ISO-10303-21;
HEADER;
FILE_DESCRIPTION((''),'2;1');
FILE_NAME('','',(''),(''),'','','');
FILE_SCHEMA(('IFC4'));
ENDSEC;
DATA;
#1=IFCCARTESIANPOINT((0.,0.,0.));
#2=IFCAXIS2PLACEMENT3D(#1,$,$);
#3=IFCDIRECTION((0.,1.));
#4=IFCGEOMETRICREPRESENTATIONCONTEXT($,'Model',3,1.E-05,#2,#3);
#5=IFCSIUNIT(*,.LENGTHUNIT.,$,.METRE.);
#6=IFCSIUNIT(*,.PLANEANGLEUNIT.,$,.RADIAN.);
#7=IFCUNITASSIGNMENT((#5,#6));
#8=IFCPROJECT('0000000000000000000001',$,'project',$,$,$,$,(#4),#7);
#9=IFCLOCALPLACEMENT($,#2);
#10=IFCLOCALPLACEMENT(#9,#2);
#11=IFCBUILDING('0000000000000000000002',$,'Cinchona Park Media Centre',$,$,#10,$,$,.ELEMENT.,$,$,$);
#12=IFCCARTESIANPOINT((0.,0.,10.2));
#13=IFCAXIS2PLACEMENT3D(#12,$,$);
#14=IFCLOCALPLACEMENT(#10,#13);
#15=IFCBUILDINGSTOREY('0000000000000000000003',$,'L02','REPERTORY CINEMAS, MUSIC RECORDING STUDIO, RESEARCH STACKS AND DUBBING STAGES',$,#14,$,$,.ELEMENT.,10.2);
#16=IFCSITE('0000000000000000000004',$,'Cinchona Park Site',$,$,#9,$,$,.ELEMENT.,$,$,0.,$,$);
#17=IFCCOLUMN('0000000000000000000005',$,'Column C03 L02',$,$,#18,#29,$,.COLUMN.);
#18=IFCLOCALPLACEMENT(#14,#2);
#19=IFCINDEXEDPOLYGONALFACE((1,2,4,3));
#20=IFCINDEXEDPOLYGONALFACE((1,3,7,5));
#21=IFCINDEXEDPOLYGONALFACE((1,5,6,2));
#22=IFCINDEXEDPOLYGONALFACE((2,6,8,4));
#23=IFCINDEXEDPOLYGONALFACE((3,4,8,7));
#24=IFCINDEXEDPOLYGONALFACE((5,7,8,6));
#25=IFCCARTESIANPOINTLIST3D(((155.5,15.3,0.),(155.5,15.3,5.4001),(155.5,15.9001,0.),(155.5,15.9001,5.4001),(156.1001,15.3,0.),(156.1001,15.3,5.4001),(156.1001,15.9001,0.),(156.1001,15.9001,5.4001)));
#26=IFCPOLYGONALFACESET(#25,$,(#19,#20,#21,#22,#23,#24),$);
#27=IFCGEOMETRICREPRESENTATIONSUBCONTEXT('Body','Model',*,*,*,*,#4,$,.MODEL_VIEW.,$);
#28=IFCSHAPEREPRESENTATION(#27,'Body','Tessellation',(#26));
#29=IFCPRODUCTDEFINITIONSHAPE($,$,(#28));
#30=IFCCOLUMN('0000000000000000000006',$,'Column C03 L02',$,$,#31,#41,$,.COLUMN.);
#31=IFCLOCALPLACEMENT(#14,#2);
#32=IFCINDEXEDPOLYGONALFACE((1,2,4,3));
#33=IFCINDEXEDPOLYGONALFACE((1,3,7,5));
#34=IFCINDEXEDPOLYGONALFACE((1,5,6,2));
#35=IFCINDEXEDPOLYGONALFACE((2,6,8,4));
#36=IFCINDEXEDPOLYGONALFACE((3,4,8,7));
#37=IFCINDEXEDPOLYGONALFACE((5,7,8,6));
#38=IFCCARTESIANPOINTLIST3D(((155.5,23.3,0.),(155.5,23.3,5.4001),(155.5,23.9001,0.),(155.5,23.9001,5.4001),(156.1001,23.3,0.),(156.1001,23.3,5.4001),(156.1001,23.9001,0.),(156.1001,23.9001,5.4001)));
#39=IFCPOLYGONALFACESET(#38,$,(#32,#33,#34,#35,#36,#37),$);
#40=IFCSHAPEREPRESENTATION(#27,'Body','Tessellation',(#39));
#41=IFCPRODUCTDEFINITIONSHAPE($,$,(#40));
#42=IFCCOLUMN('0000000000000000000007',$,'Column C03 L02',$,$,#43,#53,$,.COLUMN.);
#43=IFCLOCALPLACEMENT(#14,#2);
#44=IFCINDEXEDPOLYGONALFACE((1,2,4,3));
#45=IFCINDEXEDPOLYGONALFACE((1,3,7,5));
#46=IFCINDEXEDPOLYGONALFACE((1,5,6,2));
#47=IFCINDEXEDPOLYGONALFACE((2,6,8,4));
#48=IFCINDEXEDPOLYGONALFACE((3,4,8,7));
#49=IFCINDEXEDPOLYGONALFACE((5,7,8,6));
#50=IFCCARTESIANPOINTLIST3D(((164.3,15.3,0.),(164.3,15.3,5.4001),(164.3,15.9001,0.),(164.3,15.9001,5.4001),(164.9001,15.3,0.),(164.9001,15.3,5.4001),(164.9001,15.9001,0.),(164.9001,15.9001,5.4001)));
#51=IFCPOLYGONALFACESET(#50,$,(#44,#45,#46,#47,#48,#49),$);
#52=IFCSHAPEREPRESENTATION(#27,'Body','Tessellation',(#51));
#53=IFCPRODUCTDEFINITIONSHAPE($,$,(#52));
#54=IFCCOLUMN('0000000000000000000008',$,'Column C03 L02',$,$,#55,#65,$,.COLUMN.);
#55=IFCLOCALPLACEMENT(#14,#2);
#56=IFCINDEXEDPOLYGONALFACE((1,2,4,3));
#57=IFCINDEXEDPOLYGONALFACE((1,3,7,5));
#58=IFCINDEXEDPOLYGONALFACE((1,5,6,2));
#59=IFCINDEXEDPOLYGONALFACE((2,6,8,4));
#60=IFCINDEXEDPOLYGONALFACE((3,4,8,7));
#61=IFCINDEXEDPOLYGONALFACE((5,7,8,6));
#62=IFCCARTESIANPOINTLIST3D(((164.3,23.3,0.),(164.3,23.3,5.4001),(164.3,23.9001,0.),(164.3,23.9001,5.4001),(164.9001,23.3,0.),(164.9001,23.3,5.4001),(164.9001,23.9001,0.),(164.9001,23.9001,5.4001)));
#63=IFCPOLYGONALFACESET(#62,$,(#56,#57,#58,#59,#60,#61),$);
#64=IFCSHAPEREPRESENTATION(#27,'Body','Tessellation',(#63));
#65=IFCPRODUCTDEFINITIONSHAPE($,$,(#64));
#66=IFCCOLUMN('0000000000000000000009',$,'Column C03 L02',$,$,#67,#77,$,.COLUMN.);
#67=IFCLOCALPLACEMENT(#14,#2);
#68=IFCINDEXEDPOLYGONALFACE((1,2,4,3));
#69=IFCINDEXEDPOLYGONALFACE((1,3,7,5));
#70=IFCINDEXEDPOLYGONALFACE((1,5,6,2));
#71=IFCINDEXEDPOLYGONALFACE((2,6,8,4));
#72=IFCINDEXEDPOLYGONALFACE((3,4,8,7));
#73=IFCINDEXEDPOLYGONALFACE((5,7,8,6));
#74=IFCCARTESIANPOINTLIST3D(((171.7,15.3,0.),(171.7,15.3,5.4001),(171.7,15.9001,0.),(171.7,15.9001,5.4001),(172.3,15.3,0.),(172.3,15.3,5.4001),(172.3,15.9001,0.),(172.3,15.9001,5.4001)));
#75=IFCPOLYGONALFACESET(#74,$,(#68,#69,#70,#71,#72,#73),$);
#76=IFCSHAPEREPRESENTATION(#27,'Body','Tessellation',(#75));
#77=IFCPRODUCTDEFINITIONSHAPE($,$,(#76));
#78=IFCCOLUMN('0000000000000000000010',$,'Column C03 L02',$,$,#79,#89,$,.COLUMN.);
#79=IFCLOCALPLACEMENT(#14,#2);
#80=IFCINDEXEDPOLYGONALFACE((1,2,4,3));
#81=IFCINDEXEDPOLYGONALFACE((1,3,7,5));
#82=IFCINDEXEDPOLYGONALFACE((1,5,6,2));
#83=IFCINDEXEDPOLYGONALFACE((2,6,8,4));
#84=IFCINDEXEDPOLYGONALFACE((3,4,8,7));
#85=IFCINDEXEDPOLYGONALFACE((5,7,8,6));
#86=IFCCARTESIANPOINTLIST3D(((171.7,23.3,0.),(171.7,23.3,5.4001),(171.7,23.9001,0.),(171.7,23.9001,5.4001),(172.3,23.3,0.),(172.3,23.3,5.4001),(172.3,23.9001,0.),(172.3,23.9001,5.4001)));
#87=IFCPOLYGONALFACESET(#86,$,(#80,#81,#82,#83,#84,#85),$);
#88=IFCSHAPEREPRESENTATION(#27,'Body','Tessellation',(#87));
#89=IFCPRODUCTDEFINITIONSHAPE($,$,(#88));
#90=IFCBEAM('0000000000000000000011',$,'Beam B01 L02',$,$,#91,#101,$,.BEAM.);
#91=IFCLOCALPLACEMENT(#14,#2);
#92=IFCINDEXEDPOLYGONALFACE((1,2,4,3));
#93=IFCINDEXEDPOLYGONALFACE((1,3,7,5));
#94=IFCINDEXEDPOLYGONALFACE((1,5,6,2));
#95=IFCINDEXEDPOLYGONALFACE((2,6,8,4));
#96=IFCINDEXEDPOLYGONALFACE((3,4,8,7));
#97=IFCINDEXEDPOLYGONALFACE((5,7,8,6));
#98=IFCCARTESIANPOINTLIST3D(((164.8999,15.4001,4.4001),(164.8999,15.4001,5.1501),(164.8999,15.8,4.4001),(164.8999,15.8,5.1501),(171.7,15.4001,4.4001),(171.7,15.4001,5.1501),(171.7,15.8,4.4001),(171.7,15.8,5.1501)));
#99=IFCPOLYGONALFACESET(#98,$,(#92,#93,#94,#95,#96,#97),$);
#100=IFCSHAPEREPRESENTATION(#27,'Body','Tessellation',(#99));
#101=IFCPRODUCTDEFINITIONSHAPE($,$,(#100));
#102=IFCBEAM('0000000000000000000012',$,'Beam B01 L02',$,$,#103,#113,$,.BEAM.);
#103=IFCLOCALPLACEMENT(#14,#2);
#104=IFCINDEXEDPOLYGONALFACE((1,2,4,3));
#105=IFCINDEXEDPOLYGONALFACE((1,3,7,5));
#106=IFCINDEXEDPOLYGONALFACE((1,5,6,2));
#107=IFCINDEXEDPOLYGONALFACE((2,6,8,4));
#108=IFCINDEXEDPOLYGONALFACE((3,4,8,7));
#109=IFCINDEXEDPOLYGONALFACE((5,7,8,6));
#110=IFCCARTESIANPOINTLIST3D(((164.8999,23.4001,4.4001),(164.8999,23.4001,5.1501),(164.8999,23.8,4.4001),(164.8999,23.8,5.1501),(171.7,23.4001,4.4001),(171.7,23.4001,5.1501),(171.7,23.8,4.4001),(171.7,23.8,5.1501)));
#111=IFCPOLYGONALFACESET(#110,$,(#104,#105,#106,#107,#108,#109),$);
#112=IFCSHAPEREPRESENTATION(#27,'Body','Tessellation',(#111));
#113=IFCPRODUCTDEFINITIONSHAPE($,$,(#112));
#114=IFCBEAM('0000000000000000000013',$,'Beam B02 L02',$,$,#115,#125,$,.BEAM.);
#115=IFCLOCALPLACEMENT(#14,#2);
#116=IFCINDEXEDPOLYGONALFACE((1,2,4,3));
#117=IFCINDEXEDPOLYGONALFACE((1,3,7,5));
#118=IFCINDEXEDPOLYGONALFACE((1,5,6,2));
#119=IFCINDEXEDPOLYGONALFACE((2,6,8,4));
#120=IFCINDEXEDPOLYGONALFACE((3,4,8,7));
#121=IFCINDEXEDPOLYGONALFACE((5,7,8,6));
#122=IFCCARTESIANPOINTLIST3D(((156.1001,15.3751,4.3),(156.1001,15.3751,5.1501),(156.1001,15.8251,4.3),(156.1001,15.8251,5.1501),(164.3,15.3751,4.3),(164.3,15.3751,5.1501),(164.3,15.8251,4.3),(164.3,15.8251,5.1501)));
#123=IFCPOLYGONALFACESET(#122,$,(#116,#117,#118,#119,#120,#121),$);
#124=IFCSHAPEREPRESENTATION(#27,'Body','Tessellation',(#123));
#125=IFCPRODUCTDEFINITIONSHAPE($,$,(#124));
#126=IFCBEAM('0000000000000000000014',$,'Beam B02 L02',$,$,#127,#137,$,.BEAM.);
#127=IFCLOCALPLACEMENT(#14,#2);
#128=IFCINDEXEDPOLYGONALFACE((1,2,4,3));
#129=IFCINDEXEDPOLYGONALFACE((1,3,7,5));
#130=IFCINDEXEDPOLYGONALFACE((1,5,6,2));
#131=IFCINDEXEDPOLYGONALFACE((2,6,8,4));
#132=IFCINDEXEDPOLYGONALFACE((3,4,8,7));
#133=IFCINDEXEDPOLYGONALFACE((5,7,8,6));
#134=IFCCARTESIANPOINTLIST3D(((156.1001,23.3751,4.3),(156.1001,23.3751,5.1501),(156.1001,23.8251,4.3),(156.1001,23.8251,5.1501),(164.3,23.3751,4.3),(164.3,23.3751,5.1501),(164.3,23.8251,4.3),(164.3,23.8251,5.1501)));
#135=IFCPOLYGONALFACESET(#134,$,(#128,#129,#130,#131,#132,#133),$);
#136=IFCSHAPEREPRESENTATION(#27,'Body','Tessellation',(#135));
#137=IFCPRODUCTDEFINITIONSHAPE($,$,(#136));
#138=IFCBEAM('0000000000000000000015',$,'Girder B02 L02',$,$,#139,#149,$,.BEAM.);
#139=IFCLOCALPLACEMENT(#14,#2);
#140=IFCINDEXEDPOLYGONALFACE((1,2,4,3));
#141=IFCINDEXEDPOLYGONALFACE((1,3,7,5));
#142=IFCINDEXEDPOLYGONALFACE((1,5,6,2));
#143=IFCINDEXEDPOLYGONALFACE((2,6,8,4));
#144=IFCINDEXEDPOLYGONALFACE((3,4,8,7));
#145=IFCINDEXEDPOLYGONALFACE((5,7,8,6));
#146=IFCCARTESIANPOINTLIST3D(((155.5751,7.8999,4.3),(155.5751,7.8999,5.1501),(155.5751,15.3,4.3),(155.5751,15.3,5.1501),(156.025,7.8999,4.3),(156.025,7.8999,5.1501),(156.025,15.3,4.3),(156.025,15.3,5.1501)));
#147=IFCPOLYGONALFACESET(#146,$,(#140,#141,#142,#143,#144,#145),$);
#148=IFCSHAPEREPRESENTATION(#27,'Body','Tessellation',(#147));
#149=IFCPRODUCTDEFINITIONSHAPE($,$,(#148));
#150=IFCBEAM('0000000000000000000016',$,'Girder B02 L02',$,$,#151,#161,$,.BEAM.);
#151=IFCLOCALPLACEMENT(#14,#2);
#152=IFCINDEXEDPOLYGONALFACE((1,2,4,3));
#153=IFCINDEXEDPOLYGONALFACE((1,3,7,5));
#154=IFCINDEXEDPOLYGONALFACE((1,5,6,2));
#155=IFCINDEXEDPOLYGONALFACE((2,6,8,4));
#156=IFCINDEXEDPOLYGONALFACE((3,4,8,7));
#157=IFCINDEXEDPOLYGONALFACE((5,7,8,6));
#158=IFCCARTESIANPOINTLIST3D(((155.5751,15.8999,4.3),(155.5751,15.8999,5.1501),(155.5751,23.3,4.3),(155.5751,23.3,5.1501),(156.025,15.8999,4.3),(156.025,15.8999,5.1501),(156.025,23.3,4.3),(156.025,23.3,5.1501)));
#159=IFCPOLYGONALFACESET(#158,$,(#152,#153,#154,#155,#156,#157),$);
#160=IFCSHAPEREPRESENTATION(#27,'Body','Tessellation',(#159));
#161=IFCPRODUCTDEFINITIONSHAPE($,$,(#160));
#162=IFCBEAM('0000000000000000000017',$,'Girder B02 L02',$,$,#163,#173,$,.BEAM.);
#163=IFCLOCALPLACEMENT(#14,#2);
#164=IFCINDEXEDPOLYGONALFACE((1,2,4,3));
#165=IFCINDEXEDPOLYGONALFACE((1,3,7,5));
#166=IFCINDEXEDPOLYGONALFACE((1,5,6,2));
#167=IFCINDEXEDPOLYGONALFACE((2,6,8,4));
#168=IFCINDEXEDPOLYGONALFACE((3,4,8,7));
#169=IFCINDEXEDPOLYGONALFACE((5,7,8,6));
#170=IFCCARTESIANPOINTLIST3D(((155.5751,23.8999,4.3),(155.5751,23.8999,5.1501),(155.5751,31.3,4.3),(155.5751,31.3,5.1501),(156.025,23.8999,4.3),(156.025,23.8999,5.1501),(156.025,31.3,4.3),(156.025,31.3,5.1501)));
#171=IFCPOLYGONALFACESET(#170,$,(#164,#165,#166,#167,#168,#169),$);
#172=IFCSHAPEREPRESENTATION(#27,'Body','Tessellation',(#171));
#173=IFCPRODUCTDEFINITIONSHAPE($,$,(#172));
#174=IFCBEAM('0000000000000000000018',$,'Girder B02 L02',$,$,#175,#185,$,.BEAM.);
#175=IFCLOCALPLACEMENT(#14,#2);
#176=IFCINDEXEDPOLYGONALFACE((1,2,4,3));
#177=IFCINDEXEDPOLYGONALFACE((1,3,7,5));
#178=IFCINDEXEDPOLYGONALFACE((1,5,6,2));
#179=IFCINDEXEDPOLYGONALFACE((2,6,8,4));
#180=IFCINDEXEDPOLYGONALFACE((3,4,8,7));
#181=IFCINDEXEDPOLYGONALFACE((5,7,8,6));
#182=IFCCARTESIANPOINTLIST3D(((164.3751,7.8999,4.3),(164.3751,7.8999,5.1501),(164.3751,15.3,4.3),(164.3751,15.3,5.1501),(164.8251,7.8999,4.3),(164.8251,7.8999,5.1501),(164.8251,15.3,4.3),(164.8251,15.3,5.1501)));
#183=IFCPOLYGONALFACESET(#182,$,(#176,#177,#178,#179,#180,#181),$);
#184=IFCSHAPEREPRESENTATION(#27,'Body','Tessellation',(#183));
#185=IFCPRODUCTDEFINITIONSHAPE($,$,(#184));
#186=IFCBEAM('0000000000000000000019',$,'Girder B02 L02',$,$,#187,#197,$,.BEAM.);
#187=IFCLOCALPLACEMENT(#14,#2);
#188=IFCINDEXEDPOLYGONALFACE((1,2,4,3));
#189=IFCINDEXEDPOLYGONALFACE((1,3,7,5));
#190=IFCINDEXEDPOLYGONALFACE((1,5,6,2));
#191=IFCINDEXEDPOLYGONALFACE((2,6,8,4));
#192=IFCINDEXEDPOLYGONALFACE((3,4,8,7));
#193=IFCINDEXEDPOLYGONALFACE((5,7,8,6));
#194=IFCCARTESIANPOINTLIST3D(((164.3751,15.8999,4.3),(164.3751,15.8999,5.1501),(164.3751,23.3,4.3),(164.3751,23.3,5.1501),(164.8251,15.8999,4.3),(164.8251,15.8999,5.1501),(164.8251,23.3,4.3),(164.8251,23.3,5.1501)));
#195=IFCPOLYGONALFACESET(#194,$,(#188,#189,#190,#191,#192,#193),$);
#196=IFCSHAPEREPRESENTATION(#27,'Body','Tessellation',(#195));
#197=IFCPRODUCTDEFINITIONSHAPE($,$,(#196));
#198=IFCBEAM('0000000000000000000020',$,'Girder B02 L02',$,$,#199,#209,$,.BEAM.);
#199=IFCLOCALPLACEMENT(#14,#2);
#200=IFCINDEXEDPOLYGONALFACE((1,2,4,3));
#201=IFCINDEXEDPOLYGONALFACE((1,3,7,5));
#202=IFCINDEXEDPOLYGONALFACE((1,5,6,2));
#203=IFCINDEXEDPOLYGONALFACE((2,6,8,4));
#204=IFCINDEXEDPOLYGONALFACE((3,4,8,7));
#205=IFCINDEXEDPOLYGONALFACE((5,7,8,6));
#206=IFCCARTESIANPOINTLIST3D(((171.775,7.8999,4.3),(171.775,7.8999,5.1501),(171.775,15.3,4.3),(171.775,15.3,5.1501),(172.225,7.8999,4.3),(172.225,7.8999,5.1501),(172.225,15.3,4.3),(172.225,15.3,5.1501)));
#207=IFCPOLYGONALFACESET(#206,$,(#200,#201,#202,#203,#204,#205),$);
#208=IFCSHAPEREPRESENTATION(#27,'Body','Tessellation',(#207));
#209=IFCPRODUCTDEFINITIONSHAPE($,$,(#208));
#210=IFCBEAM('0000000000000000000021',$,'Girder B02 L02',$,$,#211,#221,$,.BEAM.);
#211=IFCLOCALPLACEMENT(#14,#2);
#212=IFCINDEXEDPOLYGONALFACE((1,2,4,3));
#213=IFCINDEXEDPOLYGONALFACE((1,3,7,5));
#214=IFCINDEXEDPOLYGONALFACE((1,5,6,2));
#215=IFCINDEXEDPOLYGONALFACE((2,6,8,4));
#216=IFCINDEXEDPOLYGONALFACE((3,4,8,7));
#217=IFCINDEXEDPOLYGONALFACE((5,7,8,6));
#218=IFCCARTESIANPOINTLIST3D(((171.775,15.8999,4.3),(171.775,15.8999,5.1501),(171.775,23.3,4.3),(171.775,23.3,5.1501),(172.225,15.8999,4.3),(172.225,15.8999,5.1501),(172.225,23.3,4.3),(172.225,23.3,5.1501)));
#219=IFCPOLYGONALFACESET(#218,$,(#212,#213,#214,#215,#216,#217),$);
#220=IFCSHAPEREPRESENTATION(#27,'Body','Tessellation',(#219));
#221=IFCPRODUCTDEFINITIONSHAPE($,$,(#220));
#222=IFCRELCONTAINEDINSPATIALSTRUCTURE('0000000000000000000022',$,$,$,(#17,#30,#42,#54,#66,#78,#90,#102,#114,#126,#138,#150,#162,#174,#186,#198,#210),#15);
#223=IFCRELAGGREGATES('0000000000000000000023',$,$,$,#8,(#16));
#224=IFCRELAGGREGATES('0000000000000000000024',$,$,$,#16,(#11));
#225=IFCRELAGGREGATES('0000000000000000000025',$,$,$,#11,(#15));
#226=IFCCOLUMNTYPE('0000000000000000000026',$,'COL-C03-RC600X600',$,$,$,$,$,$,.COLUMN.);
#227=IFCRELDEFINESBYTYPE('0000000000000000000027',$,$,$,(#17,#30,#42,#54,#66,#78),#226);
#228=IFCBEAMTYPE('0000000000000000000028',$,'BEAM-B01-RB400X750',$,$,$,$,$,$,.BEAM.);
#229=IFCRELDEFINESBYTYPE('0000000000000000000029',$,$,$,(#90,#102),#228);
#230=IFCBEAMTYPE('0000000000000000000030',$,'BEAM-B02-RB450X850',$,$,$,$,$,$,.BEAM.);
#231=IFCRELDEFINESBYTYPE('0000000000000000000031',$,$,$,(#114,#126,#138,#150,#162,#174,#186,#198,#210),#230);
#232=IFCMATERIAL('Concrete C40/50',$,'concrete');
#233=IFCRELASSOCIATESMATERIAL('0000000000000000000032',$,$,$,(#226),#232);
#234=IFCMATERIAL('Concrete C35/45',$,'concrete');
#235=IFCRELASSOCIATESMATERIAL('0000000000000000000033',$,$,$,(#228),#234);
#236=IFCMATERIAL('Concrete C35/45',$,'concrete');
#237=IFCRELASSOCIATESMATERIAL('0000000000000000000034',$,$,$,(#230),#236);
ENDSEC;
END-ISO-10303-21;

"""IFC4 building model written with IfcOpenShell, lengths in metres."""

from ifc_helpers import new_model, si_unit, direction, frame, origin, origin_2d, place, context, subcontext, project, spatial, rectangle, extrude, material, material_profile, profile_set, type_object, element, save


model = new_model("IFC4")

# Units and contexts
model_context = context("Model", 3, precision=1e-05, world=origin(), true_north=direction((0.0, 1.0)))
body_context = subcontext(model_context, "Body", "Model", "MODEL_VIEW")
ifc_project = project(units=[si_unit("LENGTHUNIT", "METRE"), si_unit("PLANEANGLEUNIT", "RADIAN")], contexts=[model_context])

# Site, building, storey
site_placement = place(None, origin())
site = spatial("IfcSite", under=ifc_project, at=site_placement, Name="Cinchona Park Site", CompositionType="ELEMENT", RefElevation=0.0)
building_placement = place(site_placement, origin())
building = spatial("IfcBuilding", under=site, at=building_placement, Name="Cinchona Park Media Centre", CompositionType="ELEMENT")
storey_placement = place(building_placement, frame((0.0, 0.0, 10.2)))
storey = spatial("IfcBuildingStorey", under=building, at=storey_placement, Name="L02", Description="REPERTORY CINEMAS, MUSIC RECORDING STUDIO, RESEARCH STACKS AND DUBBING STAGES", CompositionType="ELEMENT", Elevation=10.2)

# Columns
ifc_material_1 = material(Name="Concrete C40/50", Category="concrete")
ifc_material_profile_1 = material_profile(ifc_material_1, rectangle(XDim=0.6001, YDim=0.6001, at=origin_2d()), Name="RC 600X600")
ifc_profile_set_1 = profile_set([ifc_material_profile_1], Name="Concrete C40/50")
column_type = type_object("IfcColumnType", Name="COL-C03-RC600X600", PredefinedType="COLUMN", material=ifc_profile_set_1)
for number, where, z_axis, x_axis, name in (
    (1, (155.8, 15.6001, 0.0), (0.0, 0.0, 1.0), (1.0, 0.0, 0.0), "Column C03 L02"),
    (2, (155.8, 23.6001, 0.0), (0.0, 0.0, 1.0), (1.0, 0.0, 0.0), "Column C03 L02"),
    (3, (164.6001, 15.6001, 0.0), (0.0, 0.0, 1.0), (1.0, 0.0, 0.0), "Column C03 L02"),
    (4, (164.6001, 23.6001, 0.0), (0.0, 0.0, 1.0), (1.0, 0.0, 0.0), "Column C03 L02"),
    (5, (172.0, 15.6001, 0.0), (0.0, 0.0, 1.0), (1.0, 0.0, 0.0), "Column C03 L02"),
    (6, (172.0, 23.6001, 0.0), (0.0, 0.0, 1.0), (1.0, 0.0, 0.0), "Column C03 L02"),
):
    element("IfcColumn", number, at=place(storey_placement, frame(where, z_axis=z_axis, x_axis=x_axis)), inside=storey, type_object=column_type, Name=name, PredefinedType="COLUMN", context=body_context, shape_type="SweptSolid", body=[
        extrude(rectangle(XDim=0.6001, YDim=0.6001, at=origin_2d()), origin(), (0.0, 0.0, 1.0), 5.4001),
    ])

# Beams
ifc_material_2 = material(Name="Concrete C35/45", Category="concrete")
ifc_material_profile_2 = material_profile(ifc_material_2, rectangle(XDim=0.3999, YDim=0.75, at=origin_2d()), Name="RB 400X750")
ifc_profile_set_2 = profile_set([ifc_material_profile_2], Name="Concrete C35/45")
beam_type_1 = type_object("IfcBeamType", Name="BEAM-B01-RB400X750", PredefinedType="BEAM", material=ifc_profile_set_2)
for number, where, z_axis, x_axis, name in (
    (7, (164.8999, 15.6001, 4.7751), (1.0, 0.0, 0.0), (0.0, 1.0, 0.0), "Beam B01 L02"),
    (8, (164.8999, 23.6001, 4.7751), (1.0, 0.0, 0.0), (0.0, 1.0, 0.0), "Beam B01 L02"),
):
    element("IfcBeam", number, at=place(storey_placement, frame(where, z_axis=z_axis, x_axis=x_axis)), inside=storey, type_object=beam_type_1, Name=name, PredefinedType="BEAM", context=body_context, shape_type="SweptSolid", body=[
        extrude(rectangle(XDim=0.3999, YDim=0.75, at=origin_2d()), origin(), (0.0, 0.0, 1.0), 6.8),
    ])
ifc_material_3 = material(Name="Concrete C35/45", Category="concrete")
ifc_material_profile_3 = material_profile(ifc_material_3, rectangle(XDim=0.45, YDim=0.8501, at=origin_2d()), Name="RB 450X850")
ifc_profile_set_3 = profile_set([ifc_material_profile_3], Name="Concrete C35/45")
beam_type_2 = type_object("IfcBeamType", Name="BEAM-B02-RB450X850", PredefinedType="BEAM", material=ifc_profile_set_3)
for number, where, z_axis, x_axis, name in (
    (9, (156.1001, 15.6001, 4.7251), (1.0, 0.0, 0.0), (0.0, 1.0, 0.0), "Beam B02 L02"),
    (10, (156.1001, 23.6001, 4.7251), (1.0, 0.0, 0.0), (0.0, 1.0, 0.0), "Beam B02 L02"),
):
    element("IfcBeam", number, at=place(storey_placement, frame(where, z_axis=z_axis, x_axis=x_axis)), inside=storey, type_object=beam_type_2, Name=name, PredefinedType="BEAM", context=body_context, shape_type="SweptSolid", body=[
        extrude(rectangle(XDim=0.45, YDim=0.8501, at=origin_2d()), origin(), (0.0, 0.0, 1.0), 8.2),
    ])
for number, where, z_axis, x_axis, name in (
    (11, (155.8, 7.8999, 4.7251), (0.0, 1.0, 0.0), (-1.0, 0.0, 0.0), "Girder B02 L02"),
    (12, (155.8, 15.8999, 4.7251), (0.0, 1.0, 0.0), (-1.0, 0.0, 0.0), "Girder B02 L02"),
    (13, (155.8, 23.8999, 4.7251), (0.0, 1.0, 0.0), (-1.0, 0.0, 0.0), "Girder B02 L02"),
    (14, (164.6001, 7.8999, 4.7251), (0.0, 1.0, 0.0), (-1.0, 0.0, 0.0), "Girder B02 L02"),
    (15, (164.6001, 15.8999, 4.7251), (0.0, 1.0, 0.0), (-1.0, 0.0, 0.0), "Girder B02 L02"),
    (16, (172.0, 7.8999, 4.7251), (0.0, 1.0, 0.0), (-1.0, 0.0, 0.0), "Girder B02 L02"),
    (17, (172.0, 15.8999, 4.7251), (0.0, 1.0, 0.0), (-1.0, 0.0, 0.0), "Girder B02 L02"),
):
    element("IfcBeam", number, at=place(storey_placement, frame(where, z_axis=z_axis, x_axis=x_axis)), inside=storey, type_object=beam_type_2, Name=name, PredefinedType="BEAM", context=body_context, shape_type="SweptSolid", body=[
        extrude(rectangle(XDim=0.45, YDim=0.8501, at=origin_2d()), origin(), (0.0, 0.0, 1.0), 7.4001),
    ])

save(model, "model.ifc")
